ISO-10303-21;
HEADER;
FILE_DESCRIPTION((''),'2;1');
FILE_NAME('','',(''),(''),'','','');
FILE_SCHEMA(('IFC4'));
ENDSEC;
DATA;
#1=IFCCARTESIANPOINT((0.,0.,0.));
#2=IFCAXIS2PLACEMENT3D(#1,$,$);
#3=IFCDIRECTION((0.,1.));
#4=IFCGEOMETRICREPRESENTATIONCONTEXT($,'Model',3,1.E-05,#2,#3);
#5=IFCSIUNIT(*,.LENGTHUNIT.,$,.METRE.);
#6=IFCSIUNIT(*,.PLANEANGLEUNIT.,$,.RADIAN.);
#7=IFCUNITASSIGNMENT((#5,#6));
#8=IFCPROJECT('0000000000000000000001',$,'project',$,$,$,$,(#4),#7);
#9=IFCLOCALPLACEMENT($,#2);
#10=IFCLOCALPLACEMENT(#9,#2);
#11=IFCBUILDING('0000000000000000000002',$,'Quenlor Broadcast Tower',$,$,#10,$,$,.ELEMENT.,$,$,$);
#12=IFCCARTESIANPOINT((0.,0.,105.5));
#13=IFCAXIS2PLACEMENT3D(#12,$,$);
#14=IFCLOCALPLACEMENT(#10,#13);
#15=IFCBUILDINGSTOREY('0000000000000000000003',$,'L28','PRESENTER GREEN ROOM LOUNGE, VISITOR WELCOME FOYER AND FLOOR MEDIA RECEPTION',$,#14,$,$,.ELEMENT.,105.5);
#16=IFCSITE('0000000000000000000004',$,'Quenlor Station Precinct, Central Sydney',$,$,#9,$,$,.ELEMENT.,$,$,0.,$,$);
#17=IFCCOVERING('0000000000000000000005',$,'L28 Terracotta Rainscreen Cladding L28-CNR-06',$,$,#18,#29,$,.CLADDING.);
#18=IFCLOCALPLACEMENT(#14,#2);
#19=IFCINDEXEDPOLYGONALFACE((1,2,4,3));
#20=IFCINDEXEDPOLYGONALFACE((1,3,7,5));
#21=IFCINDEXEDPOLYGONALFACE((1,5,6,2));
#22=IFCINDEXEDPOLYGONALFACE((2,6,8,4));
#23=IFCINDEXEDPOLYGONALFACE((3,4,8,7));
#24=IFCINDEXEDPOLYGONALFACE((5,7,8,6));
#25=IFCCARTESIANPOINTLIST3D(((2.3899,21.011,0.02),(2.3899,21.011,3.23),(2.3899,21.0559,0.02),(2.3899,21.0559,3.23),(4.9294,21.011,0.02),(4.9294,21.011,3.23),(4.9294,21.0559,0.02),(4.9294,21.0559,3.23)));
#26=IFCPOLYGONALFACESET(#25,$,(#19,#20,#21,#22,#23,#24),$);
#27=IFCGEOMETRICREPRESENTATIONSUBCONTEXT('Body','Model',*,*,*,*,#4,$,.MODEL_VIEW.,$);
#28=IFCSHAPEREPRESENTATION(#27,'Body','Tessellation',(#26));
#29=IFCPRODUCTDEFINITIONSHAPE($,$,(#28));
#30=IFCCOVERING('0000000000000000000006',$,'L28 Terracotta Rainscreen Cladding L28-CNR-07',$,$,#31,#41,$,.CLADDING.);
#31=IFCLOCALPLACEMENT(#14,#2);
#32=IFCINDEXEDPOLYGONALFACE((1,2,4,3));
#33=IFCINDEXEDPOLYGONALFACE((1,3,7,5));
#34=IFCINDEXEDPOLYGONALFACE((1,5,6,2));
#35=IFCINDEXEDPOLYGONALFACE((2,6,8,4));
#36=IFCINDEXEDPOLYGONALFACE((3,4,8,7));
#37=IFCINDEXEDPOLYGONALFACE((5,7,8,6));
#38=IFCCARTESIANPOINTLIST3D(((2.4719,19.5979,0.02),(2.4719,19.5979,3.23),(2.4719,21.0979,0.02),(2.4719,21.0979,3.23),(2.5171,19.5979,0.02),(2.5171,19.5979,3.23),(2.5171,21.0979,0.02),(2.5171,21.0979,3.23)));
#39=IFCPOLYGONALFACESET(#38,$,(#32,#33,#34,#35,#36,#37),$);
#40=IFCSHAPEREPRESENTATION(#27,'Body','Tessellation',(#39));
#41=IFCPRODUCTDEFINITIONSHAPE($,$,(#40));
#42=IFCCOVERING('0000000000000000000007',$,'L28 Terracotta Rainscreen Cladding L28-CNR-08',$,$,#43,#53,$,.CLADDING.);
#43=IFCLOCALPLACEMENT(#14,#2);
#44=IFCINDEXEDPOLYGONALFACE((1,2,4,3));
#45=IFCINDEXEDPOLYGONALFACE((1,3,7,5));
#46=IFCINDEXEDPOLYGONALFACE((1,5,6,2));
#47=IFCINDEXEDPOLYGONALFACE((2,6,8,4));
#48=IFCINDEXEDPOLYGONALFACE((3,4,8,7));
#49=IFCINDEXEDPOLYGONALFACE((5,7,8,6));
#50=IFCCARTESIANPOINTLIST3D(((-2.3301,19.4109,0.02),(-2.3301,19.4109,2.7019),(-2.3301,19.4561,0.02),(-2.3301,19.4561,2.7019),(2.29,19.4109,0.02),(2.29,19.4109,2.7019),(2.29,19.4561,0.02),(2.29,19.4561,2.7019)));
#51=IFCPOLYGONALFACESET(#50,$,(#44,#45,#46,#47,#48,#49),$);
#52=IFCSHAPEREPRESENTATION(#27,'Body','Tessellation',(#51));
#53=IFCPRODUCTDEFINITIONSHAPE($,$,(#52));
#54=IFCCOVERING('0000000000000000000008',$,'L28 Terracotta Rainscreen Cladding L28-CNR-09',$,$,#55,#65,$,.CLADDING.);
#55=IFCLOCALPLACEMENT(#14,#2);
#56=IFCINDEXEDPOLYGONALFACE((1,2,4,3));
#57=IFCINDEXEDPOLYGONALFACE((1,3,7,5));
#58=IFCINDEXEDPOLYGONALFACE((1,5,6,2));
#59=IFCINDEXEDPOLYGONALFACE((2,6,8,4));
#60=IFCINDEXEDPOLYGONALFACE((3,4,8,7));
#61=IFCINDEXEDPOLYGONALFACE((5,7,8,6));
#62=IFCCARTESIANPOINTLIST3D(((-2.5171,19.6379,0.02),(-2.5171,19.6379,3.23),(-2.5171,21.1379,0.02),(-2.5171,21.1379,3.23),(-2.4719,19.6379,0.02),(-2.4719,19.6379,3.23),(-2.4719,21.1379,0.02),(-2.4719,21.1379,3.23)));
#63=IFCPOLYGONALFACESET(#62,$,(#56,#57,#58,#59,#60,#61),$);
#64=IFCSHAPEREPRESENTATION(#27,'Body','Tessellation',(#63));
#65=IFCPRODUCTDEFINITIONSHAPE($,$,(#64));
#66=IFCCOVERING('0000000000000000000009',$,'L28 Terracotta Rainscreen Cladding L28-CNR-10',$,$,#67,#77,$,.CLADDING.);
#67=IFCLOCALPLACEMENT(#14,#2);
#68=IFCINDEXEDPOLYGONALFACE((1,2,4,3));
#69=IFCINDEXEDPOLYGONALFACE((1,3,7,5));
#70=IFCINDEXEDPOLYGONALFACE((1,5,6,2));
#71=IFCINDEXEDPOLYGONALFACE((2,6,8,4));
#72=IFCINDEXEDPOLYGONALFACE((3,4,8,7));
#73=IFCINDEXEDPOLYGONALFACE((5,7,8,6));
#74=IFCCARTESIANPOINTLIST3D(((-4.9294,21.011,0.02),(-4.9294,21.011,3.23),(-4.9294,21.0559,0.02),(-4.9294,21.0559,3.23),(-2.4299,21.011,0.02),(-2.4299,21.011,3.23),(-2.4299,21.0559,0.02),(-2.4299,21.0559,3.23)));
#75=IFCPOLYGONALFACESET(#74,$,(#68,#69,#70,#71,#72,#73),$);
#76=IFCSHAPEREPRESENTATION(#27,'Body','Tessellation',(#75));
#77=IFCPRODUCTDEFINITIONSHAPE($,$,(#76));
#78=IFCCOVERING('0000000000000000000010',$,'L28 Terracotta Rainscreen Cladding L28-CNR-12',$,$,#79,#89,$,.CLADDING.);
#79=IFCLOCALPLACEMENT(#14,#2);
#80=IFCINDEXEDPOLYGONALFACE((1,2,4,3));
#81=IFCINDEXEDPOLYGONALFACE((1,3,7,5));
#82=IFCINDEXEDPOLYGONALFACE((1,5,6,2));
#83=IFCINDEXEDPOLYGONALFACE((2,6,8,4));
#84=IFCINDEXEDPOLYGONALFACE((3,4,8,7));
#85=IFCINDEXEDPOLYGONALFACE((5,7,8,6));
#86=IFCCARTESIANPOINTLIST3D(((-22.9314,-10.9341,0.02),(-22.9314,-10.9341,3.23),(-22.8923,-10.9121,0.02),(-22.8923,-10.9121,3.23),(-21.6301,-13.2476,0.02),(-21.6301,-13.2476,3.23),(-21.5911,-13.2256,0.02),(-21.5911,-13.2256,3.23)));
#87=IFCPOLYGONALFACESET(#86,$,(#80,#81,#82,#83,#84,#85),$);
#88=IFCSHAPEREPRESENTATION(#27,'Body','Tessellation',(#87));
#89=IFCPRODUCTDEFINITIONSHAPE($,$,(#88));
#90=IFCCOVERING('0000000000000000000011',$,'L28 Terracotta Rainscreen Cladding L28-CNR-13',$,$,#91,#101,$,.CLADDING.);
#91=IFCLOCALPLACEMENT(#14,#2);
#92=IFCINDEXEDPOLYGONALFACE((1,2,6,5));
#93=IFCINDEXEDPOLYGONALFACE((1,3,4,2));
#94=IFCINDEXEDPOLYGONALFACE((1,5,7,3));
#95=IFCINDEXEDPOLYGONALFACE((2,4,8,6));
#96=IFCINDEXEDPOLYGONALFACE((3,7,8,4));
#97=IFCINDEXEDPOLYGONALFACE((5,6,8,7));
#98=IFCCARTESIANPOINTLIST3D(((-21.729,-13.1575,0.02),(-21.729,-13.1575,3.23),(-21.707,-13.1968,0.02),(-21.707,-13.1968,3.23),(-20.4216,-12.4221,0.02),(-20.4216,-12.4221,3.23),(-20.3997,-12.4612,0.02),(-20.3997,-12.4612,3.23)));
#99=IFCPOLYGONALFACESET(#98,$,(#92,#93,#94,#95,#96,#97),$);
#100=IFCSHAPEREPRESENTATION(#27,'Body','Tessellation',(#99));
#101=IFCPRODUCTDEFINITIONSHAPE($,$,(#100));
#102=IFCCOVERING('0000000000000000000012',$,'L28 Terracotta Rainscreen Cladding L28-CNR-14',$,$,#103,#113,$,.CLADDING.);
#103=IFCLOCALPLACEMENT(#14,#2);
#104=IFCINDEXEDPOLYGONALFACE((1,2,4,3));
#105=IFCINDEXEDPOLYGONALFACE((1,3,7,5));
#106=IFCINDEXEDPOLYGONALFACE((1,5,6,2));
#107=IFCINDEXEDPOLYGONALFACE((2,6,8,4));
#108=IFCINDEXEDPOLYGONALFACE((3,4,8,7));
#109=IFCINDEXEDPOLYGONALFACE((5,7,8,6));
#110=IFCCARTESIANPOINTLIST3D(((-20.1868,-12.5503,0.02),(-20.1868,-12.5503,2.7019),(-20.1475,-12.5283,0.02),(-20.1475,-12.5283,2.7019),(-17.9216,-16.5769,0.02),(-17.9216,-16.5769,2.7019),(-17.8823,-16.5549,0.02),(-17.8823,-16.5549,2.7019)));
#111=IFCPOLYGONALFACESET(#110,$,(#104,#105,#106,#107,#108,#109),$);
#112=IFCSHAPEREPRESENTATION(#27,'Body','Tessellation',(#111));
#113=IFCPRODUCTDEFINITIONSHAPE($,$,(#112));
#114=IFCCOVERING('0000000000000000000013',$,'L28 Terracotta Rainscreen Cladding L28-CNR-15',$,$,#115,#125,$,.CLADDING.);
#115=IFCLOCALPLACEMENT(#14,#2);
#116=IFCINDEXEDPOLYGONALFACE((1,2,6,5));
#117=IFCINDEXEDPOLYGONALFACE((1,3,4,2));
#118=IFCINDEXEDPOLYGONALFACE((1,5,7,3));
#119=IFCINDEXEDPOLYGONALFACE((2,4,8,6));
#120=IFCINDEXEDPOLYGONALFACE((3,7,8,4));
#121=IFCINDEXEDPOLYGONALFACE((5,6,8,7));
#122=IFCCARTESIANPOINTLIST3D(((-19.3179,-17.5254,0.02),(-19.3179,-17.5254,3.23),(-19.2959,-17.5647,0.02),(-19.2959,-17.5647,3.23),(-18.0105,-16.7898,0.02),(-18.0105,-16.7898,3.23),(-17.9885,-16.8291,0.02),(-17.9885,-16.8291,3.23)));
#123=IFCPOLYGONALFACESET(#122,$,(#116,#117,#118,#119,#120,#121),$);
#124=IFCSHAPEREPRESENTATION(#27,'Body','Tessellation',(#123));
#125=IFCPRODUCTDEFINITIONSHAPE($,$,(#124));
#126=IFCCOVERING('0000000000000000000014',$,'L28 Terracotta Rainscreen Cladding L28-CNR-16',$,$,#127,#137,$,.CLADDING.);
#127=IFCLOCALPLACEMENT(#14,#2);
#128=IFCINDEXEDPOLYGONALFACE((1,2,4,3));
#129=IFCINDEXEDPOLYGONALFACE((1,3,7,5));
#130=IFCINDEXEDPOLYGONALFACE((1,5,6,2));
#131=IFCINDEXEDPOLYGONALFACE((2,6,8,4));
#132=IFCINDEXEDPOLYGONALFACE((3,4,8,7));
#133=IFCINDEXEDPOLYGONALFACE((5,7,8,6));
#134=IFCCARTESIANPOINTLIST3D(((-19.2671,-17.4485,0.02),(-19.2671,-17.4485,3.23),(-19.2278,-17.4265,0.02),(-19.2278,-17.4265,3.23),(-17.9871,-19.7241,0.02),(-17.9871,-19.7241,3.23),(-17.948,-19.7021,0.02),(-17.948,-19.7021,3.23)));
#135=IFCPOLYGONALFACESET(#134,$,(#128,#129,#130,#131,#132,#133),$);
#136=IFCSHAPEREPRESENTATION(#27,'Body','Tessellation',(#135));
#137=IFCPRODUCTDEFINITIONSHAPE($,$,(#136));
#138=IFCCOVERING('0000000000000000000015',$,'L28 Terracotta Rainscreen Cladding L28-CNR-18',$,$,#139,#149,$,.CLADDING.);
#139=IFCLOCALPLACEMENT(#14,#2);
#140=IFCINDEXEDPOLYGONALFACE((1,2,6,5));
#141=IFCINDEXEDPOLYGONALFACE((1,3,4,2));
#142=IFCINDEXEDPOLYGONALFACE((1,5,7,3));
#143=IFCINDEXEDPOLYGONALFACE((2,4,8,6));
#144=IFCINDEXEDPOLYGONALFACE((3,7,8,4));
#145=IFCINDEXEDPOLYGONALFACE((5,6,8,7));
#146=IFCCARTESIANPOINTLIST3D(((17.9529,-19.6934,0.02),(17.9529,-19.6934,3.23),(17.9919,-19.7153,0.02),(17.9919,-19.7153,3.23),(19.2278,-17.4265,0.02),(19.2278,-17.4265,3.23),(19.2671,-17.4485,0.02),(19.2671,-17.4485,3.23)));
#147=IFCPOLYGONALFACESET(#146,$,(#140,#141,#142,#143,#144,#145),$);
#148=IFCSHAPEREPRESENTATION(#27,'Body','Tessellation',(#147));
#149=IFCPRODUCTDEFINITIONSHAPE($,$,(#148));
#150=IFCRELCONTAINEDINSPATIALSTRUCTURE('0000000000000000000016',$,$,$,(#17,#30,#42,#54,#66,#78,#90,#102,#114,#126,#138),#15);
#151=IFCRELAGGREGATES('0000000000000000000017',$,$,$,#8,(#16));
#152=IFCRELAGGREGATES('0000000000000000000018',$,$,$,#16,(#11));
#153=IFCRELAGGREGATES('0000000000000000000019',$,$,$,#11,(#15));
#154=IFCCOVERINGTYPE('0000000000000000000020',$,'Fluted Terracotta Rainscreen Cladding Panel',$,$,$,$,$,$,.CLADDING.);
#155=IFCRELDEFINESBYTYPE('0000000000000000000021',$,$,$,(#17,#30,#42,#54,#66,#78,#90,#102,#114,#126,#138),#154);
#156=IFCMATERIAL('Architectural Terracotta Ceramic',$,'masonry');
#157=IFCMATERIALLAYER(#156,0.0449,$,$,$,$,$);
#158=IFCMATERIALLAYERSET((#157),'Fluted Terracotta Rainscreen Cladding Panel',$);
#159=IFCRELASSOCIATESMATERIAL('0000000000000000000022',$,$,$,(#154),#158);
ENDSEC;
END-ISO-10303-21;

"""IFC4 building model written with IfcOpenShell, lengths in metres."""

from ifc_helpers import new_model, si_unit, direction, frame, origin, place, context, subcontext, project, spatial, polyline, outline, extrude, material, layer, layer_set, type_object, element, save


model = new_model("IFC4")

# Units and contexts
model_context = context("Model", 3, precision=1e-05, world=origin(), true_north=direction((0.0, 1.0)))
body_context = subcontext(model_context, "Body", "Model", "MODEL_VIEW")
ifc_project = project(units=[si_unit("LENGTHUNIT", "METRE"), si_unit("PLANEANGLEUNIT", "RADIAN")], contexts=[model_context])

# Site, building, storey
site_placement = place(None, origin())
site = spatial("IfcSite", under=ifc_project, at=site_placement, Name="Quenlor Station Precinct, Central Sydney", CompositionType="ELEMENT", RefElevation=0.0)
building_placement = place(site_placement, origin())
building = spatial("IfcBuilding", under=site, at=building_placement, Name="Quenlor Broadcast Tower", CompositionType="ELEMENT")
storey_placement = place(building_placement, frame((0.0, 0.0, 105.5)))
storey = spatial("IfcBuildingStorey", under=building, at=storey_placement, Name="L28", Description="PRESENTER GREEN ROOM LOUNGE, VISITOR WELCOME FOYER AND FLOOR MEDIA RECEPTION", CompositionType="ELEMENT", Elevation=105.5)

# Coverings
ifc_material_1 = material(Name="Architectural Terracotta Ceramic", Category="masonry")
ifc_layer_1 = layer(ifc_material_1, 0.0449)
ifc_layer_set_1 = layer_set([ifc_layer_1], Name="Fluted Terracotta Rainscreen Cladding Panel")
covering_type = type_object("IfcCoveringType", Name="Fluted Terracotta Rainscreen Cladding Panel", PredefinedType="CLADDING", material=ifc_layer_set_1)
covering_1_placement = place(storey_placement, frame((0.0, 0.0, 0.02)))
element("IfcCovering", 1, at=covering_1_placement, inside=storey, type_object=covering_type, Name="L28 Terracotta Rainscreen Cladding L28-CNR-06", PredefinedType="CLADDING", context=body_context, shape_type="SweptSolid", body=[
    extrude(outline(polyline([(4.9294, 21.0559), (2.3899, 21.0559), (2.3899, 21.011), (4.9294, 21.011), (4.9294, 21.0559)])), origin(), (0.0, 0.0, 1.0), 3.21),
])
covering_2_placement = place(storey_placement, frame((0.0, 0.0, 0.02)))
element("IfcCovering", 2, at=covering_2_placement, inside=storey, type_object=covering_type, Name="L28 Terracotta Rainscreen Cladding L28-CNR-07", PredefinedType="CLADDING", context=body_context, shape_type="SweptSolid", body=[
    extrude(outline(polyline([(2.4719, 21.0979), (2.4719, 19.5979), (2.5171, 19.5979), (2.5171, 21.0979), (2.4719, 21.0979)])), origin(), (0.0, 0.0, 1.0), 3.21),
])
covering_3_placement = place(storey_placement, frame((0.0, 0.0, 0.02)))
element("IfcCovering", 3, at=covering_3_placement, inside=storey, type_object=covering_type, Name="L28 Terracotta Rainscreen Cladding L28-CNR-08", PredefinedType="CLADDING", context=body_context, shape_type="SweptSolid", body=[
    extrude(outline(polyline([(2.29, 19.4561), (-2.3301, 19.4561), (-2.3301, 19.4109), (2.29, 19.4109), (2.29, 19.4561)])), origin(), (0.0, 0.0, 1.0), 2.6819),
])
covering_4_placement = place(storey_placement, frame((0.0, 0.0, 0.02)))
element("IfcCovering", 4, at=covering_4_placement, inside=storey, type_object=covering_type, Name="L28 Terracotta Rainscreen Cladding L28-CNR-09", PredefinedType="CLADDING", context=body_context, shape_type="SweptSolid", body=[
    extrude(outline(polyline([(-2.4719, 19.6379), (-2.4719, 21.1379), (-2.5171, 21.1379), (-2.5171, 19.6379), (-2.4719, 19.6379)])), origin(), (0.0, 0.0, 1.0), 3.21),
])
covering_5_placement = place(storey_placement, frame((0.0, 0.0, 0.02)))
element("IfcCovering", 5, at=covering_5_placement, inside=storey, type_object=covering_type, Name="L28 Terracotta Rainscreen Cladding L28-CNR-10", PredefinedType="CLADDING", context=body_context, shape_type="SweptSolid", body=[
    extrude(outline(polyline([(-2.4299, 21.0559), (-4.9294, 21.0559), (-4.9294, 21.011), (-2.4299, 21.011), (-2.4299, 21.0559)])), origin(), (0.0, 0.0, 1.0), 3.21),
])
covering_6_placement = place(storey_placement, frame((0.0, 0.0, 0.02)))
element("IfcCovering", 6, at=covering_6_placement, inside=storey, type_object=covering_type, Name="L28 Terracotta Rainscreen Cladding L28-CNR-12", PredefinedType="CLADDING", context=body_context, shape_type="SweptSolid", body=[
    extrude(outline(polyline([(-22.9314, -10.9341), (-21.6301, -13.2476), (-21.5911, -13.2256), (-22.8923, -10.9121), (-22.9314, -10.9341)])), origin(), (0.0, 0.0, 1.0), 3.21),
])
covering_7_placement = place(storey_placement, frame((0.0, 0.0, 0.02)))
element("IfcCovering", 7, at=covering_7_placement, inside=storey, type_object=covering_type, Name="L28 Terracotta Rainscreen Cladding L28-CNR-13", PredefinedType="CLADDING", context=body_context, shape_type="SweptSolid", body=[
    extrude(outline(polyline([(-21.707, -13.1968), (-20.3997, -12.4612), (-20.4216, -12.4221), (-21.729, -13.1575), (-21.707, -13.1968)])), origin(), (0.0, 0.0, 1.0), 3.21),
])
covering_8_placement = place(storey_placement, frame((0.0, 0.0, 0.02)))
element("IfcCovering", 8, at=covering_8_placement, inside=storey, type_object=covering_type, Name="L28 Terracotta Rainscreen Cladding L28-CNR-14", PredefinedType="CLADDING", context=body_context, shape_type="SweptSolid", body=[
    extrude(outline(polyline([(-20.1868, -12.5503), (-17.9216, -16.5769), (-17.8823, -16.5549), (-20.1475, -12.5283), (-20.1868, -12.5503)])), origin(), (0.0, 0.0, 1.0), 2.6819),
])
covering_9_placement = place(storey_placement, frame((0.0, 0.0, 0.02)))
element("IfcCovering", 9, at=covering_9_placement, inside=storey, type_object=covering_type, Name="L28 Terracotta Rainscreen Cladding L28-CNR-15", PredefinedType="CLADDING", context=body_context, shape_type="SweptSolid", body=[
    extrude(outline(polyline([(-18.0105, -16.7898), (-19.3179, -17.5254), (-19.2959, -17.5647), (-17.9885, -16.8291), (-18.0105, -16.7898)])), origin(), (0.0, 0.0, 1.0), 3.21),
])
covering_10_placement = place(storey_placement, frame((0.0, 0.0, 0.02)))
element("IfcCovering", 10, at=covering_10_placement, inside=storey, type_object=covering_type, Name="L28 Terracotta Rainscreen Cladding L28-CNR-16", PredefinedType="CLADDING", context=body_context, shape_type="SweptSolid", body=[
    extrude(outline(polyline([(-19.2671, -17.4485), (-17.9871, -19.7241), (-17.948, -19.7021), (-19.2278, -17.4265), (-19.2671, -17.4485)])), origin(), (0.0, 0.0, 1.0), 3.21),
])
covering_11_placement = place(storey_placement, frame((0.0, 0.0, 0.02)))
element("IfcCovering", 11, at=covering_11_placement, inside=storey, type_object=covering_type, Name="L28 Terracotta Rainscreen Cladding L28-CNR-18", PredefinedType="CLADDING", context=body_context, shape_type="SweptSolid", body=[
    extrude(outline(polyline([(17.9919, -19.7153), (19.2671, -17.4485), (19.2278, -17.4265), (17.9529, -19.6934), (17.9919, -19.7153)])), origin(), (0.0, 0.0, 1.0), 3.21),
])

save(model, "model.ifc")
